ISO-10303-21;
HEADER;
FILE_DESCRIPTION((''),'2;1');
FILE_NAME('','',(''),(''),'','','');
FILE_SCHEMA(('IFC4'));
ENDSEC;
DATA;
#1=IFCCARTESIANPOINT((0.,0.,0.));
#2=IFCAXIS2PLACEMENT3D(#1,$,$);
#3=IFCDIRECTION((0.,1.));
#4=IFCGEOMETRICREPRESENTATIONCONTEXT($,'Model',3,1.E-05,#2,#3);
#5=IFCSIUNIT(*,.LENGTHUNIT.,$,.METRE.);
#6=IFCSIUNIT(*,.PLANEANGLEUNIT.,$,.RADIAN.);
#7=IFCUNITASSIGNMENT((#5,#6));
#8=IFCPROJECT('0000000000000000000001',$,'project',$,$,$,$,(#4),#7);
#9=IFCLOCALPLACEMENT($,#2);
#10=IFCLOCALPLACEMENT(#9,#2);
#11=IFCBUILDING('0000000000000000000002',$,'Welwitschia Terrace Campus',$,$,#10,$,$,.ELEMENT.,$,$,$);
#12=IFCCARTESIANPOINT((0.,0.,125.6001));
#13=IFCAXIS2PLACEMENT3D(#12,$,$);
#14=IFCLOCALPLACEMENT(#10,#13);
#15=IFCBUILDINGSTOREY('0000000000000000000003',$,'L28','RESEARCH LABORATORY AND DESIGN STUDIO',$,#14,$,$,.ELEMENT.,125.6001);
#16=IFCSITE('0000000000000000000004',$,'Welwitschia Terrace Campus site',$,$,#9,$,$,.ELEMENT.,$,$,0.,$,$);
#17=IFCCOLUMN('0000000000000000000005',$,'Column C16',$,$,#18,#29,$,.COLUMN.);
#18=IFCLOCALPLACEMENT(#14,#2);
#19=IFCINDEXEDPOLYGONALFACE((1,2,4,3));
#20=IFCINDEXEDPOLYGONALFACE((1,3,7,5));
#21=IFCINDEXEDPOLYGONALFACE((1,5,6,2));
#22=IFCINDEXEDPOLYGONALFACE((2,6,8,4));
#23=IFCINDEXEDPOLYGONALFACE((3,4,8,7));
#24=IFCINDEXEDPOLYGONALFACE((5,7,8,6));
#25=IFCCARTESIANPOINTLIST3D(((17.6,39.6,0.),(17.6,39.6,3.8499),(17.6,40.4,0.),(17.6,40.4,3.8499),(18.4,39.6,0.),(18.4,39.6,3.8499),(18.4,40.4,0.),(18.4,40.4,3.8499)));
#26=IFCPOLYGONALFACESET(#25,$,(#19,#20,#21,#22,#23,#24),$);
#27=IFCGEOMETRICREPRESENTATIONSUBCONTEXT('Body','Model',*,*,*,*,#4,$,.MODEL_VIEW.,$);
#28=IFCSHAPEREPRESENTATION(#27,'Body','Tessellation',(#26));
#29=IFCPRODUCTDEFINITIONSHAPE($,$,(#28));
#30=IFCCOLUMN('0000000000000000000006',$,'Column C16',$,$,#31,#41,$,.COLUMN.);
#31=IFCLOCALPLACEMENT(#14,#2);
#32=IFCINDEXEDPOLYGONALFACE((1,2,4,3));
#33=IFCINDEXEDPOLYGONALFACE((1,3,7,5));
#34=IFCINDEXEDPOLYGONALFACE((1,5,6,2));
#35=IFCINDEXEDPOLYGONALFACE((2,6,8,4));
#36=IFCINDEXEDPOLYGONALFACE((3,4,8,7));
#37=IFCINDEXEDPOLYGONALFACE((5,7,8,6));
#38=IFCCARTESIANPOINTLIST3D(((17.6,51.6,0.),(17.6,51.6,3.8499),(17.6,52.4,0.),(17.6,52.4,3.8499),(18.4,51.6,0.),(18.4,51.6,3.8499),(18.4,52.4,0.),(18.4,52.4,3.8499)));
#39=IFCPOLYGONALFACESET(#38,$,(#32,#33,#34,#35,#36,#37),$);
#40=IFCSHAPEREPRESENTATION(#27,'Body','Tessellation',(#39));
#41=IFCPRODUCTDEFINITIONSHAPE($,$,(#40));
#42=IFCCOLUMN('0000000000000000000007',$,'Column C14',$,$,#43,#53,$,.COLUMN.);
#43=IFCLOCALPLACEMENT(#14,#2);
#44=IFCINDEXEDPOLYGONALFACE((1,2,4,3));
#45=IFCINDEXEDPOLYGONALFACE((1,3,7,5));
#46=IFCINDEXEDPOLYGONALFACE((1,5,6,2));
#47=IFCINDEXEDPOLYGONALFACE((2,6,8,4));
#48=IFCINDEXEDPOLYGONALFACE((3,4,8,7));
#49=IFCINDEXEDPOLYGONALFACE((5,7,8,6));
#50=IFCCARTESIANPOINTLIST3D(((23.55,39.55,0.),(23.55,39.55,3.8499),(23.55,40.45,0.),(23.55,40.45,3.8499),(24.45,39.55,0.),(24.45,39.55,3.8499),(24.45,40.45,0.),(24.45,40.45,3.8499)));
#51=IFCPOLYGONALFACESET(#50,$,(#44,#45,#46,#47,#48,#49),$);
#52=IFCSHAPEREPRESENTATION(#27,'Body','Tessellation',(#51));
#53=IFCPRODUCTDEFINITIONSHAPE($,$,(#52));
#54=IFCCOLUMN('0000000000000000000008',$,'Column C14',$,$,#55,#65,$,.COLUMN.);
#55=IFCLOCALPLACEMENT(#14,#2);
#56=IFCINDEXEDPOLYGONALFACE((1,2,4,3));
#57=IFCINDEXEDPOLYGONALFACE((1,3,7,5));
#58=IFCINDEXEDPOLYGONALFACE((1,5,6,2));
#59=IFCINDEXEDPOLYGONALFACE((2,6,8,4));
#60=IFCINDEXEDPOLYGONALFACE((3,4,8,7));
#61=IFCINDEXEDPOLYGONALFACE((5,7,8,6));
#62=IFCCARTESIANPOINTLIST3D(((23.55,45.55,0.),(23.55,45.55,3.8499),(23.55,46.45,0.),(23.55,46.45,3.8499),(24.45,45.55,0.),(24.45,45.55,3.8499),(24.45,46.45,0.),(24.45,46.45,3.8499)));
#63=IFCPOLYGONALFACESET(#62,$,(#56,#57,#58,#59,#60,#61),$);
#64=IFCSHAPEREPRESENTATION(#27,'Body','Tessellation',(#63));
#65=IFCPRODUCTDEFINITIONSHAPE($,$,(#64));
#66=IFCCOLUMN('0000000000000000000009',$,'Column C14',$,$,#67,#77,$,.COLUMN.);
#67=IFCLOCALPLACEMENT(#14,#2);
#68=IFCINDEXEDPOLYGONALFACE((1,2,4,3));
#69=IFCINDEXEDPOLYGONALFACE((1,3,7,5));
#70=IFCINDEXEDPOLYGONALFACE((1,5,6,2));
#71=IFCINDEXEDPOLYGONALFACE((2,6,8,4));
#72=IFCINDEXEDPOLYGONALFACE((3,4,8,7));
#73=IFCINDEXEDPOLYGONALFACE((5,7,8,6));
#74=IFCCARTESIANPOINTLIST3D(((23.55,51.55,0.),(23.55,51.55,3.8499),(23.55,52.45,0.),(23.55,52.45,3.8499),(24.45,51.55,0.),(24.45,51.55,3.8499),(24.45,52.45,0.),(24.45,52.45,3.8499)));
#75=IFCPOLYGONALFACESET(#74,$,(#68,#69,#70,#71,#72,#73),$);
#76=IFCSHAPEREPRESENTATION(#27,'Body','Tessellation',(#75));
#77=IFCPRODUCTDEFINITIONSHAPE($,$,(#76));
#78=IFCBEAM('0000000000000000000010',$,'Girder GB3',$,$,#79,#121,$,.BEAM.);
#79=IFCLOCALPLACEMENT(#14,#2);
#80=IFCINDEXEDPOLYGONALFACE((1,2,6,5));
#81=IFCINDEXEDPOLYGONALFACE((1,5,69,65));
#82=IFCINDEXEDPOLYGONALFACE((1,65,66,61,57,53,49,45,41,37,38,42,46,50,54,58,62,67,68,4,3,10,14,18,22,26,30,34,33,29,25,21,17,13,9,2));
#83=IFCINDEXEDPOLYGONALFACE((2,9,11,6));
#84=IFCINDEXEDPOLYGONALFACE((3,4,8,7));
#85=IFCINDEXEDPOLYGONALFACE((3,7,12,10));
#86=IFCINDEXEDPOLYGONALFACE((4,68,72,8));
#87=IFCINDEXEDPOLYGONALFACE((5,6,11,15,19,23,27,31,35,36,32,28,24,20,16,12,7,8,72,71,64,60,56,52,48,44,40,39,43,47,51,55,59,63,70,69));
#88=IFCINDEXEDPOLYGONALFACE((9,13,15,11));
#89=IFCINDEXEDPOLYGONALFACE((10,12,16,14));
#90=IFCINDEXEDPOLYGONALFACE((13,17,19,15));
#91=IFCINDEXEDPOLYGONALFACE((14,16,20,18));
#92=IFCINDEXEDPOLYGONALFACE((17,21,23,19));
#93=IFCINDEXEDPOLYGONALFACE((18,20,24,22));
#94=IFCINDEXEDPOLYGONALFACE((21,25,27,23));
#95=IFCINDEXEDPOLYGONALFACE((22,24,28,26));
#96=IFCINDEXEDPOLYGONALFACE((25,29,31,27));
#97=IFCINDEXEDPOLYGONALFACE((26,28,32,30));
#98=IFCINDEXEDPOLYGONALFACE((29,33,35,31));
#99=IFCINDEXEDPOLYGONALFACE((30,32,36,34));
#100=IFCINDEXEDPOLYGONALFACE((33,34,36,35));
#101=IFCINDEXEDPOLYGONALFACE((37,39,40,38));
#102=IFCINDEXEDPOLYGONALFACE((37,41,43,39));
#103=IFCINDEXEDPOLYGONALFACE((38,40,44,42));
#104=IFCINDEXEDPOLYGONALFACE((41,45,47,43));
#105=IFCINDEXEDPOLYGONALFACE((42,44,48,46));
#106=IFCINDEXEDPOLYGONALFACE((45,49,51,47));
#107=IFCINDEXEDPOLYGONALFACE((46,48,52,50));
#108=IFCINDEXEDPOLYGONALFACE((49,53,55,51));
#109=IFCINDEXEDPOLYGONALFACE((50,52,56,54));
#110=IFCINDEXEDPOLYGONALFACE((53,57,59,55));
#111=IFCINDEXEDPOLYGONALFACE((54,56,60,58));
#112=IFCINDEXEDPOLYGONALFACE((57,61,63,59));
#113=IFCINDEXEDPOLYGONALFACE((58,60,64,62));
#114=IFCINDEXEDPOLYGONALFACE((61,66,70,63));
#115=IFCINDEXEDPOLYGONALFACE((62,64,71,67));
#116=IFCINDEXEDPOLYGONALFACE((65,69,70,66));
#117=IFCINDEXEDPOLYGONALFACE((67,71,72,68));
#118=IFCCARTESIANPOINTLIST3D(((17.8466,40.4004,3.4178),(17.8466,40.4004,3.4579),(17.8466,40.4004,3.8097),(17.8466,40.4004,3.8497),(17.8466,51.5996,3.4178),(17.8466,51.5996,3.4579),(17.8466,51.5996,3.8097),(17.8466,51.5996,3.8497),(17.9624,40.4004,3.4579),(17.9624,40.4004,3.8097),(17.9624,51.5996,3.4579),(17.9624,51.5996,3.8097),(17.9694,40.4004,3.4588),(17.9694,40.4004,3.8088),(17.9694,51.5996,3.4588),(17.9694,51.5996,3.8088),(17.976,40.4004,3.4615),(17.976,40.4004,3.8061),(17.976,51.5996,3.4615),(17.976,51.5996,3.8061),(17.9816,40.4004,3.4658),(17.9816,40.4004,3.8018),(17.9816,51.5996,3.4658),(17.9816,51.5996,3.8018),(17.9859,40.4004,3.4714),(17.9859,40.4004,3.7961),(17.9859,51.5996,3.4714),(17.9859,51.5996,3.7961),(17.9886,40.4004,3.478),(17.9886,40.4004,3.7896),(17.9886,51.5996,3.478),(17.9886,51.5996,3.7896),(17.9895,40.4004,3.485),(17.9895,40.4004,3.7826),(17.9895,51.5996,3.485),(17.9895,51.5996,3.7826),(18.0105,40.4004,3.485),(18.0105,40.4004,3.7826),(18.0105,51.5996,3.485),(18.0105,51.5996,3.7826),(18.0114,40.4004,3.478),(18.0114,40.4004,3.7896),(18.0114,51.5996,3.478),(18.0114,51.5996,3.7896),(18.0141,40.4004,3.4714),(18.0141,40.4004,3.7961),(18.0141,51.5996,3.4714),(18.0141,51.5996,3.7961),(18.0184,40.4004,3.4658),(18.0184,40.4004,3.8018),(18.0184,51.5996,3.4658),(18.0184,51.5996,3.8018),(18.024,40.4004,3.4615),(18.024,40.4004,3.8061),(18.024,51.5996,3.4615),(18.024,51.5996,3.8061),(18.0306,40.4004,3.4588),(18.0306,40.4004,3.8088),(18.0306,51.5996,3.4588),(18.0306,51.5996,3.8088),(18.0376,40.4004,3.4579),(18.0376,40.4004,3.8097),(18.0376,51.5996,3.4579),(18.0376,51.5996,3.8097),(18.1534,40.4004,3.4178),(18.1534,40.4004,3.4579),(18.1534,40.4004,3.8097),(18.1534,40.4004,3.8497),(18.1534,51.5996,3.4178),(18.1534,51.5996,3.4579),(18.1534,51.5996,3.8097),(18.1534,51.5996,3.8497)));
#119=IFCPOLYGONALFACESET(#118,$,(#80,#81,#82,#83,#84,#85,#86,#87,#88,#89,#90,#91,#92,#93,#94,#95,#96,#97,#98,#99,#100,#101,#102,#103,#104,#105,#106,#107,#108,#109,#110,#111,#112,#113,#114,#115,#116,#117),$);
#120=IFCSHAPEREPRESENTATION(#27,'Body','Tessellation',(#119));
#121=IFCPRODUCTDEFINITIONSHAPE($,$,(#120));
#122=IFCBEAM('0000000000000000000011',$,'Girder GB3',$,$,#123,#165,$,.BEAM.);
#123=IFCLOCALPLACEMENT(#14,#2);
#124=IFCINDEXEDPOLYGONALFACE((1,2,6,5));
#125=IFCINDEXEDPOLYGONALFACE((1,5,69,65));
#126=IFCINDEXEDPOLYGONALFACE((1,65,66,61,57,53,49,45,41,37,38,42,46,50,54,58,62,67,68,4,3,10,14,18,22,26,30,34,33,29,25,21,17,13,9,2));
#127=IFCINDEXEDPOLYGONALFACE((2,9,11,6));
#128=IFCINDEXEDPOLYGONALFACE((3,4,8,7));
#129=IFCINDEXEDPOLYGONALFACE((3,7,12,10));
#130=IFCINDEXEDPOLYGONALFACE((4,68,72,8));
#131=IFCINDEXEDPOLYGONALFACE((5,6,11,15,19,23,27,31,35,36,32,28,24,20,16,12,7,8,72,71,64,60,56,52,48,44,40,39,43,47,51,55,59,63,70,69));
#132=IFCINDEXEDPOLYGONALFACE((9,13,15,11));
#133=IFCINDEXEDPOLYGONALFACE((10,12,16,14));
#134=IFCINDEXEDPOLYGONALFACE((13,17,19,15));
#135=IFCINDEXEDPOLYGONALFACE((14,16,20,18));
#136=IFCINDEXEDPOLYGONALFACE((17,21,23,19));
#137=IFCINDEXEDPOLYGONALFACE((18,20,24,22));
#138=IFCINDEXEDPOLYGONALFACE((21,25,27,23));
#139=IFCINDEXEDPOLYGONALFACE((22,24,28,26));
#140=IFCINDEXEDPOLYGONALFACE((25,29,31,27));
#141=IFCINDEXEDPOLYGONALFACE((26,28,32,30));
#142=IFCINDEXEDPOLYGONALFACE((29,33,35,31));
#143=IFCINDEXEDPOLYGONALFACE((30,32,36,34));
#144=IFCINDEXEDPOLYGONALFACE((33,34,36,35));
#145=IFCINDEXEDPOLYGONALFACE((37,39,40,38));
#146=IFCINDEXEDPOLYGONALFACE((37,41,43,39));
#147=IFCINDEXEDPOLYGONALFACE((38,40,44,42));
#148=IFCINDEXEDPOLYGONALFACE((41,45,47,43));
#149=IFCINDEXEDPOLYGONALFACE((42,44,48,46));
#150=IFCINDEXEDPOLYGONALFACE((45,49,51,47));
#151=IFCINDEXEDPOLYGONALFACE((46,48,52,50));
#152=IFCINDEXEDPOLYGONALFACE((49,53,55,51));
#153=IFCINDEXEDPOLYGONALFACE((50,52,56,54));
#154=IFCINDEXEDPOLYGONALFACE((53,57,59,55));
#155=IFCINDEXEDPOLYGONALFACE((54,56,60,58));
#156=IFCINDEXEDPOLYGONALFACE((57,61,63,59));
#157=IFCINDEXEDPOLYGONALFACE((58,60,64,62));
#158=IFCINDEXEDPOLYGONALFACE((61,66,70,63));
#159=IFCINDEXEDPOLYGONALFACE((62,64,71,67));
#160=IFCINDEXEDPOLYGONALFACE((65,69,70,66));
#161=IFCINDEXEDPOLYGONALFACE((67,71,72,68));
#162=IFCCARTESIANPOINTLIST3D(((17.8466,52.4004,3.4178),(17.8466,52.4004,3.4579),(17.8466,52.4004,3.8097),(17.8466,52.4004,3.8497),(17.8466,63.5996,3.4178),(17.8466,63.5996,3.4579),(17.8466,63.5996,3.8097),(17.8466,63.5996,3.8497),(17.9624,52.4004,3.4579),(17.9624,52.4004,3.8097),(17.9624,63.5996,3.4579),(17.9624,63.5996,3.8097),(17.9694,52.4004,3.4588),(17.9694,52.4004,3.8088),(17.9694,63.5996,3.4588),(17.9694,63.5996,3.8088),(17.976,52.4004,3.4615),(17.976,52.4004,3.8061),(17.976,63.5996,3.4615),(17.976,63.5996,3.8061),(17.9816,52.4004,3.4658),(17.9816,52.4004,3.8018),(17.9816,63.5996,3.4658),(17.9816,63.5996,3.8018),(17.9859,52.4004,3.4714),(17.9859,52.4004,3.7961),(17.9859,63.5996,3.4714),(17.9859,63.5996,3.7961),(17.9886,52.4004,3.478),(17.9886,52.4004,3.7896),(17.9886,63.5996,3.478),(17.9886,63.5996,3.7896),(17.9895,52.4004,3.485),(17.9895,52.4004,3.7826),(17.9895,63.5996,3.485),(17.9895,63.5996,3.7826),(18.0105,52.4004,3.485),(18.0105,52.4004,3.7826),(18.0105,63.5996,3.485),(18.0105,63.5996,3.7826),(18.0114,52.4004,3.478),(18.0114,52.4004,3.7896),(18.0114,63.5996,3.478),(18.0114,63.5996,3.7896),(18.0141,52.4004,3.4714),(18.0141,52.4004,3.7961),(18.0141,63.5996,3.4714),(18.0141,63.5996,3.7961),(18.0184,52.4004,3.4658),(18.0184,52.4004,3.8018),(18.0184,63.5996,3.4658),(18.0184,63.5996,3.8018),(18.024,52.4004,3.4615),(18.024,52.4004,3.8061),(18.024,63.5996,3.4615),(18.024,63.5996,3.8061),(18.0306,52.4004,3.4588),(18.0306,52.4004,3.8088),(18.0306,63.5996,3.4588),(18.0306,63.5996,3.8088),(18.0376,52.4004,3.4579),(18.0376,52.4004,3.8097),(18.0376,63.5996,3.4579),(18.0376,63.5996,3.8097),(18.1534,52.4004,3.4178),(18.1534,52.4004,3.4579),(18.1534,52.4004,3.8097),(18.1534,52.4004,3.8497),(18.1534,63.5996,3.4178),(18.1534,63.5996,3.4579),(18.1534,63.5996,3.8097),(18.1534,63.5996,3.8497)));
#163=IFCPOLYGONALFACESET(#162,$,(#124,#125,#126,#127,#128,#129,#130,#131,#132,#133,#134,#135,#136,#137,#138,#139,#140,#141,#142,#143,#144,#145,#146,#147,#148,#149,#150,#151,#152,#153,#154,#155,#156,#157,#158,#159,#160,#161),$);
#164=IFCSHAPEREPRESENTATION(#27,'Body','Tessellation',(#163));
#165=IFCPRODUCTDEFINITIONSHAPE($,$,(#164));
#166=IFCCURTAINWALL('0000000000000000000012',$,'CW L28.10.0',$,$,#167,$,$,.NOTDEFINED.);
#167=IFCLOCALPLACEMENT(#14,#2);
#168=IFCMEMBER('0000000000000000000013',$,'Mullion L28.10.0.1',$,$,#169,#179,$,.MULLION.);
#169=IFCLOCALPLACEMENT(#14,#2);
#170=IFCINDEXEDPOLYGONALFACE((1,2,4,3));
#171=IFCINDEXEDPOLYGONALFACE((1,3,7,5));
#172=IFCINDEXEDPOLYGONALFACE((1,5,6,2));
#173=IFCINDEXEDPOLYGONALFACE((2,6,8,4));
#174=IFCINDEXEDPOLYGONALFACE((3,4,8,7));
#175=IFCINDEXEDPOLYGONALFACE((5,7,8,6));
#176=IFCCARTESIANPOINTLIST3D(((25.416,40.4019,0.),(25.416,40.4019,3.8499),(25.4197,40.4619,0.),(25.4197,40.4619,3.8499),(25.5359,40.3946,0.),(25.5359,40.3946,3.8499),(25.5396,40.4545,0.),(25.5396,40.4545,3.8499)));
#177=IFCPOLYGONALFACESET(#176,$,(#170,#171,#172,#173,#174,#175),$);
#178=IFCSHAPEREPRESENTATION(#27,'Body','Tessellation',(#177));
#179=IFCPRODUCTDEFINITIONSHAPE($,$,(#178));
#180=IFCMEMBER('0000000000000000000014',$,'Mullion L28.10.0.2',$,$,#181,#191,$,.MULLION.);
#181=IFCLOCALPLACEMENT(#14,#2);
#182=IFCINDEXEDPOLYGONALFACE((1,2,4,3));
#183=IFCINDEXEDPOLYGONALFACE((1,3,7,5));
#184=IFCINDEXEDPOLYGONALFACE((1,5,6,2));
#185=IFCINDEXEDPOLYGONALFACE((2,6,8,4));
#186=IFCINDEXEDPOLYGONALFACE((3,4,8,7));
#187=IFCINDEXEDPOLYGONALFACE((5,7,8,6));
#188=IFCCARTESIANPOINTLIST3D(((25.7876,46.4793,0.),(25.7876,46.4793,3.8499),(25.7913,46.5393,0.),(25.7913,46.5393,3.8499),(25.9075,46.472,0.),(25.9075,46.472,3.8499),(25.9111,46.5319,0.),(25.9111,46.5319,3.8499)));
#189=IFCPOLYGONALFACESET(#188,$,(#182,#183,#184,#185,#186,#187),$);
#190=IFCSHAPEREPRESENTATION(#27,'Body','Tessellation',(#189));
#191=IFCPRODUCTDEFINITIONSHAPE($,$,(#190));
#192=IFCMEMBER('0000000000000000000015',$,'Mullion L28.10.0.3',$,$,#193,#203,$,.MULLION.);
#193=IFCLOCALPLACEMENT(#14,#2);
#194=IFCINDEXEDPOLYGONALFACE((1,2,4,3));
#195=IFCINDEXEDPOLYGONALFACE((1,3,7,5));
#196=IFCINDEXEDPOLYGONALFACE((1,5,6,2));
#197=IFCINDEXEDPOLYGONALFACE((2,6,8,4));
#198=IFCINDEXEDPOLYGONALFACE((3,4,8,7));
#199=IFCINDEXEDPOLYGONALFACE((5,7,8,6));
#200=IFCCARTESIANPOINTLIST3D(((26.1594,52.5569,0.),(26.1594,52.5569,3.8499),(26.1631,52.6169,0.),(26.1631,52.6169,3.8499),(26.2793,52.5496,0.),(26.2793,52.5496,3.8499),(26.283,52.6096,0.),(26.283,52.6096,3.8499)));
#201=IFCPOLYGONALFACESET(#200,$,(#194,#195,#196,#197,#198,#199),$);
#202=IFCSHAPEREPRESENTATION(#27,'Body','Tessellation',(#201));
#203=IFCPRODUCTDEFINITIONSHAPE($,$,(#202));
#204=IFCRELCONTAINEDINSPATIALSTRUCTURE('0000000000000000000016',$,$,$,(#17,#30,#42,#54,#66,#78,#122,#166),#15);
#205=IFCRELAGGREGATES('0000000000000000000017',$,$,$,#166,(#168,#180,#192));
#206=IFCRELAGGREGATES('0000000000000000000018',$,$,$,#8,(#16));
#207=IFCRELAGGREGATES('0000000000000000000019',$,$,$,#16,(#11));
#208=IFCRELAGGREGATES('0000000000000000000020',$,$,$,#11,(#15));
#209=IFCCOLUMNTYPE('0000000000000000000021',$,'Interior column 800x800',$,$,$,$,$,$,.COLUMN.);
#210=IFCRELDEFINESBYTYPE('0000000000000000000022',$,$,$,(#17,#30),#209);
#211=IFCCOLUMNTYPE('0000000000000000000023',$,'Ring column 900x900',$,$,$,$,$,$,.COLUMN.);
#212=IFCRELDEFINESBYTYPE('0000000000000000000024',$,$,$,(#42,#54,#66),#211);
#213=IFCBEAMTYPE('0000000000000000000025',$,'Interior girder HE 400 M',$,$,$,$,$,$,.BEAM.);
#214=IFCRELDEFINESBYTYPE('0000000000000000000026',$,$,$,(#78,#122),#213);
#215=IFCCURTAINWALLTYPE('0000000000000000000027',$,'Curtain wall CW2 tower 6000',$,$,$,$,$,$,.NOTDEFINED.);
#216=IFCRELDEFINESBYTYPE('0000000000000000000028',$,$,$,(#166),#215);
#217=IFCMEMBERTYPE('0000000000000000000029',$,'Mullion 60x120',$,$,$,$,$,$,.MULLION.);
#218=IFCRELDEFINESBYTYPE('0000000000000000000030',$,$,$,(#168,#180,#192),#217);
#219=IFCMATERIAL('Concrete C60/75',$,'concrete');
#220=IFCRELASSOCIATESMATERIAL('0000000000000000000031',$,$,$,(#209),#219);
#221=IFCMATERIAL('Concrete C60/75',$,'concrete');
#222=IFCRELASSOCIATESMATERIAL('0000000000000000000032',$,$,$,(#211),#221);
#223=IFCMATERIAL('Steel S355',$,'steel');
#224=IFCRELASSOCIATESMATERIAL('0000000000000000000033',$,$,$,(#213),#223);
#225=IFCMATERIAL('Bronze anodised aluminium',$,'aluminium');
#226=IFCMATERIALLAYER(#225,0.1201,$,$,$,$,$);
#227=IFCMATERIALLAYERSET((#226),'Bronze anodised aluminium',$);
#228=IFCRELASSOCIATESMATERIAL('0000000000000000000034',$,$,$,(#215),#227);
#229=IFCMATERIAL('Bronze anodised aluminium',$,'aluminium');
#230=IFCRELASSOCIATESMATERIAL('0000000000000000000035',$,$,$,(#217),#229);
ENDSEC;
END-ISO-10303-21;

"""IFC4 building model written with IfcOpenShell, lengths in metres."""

from ifc_helpers import new_model, si_unit, direction, frame, origin, origin_2d, place, context, subcontext, project, spatial, rectangle, i_section, extrude, material, layer, layer_set, material_profile, profile_set, type_object, element, aggregate, save


model = new_model("IFC4")

# Units and contexts
model_context = context("Model", 3, precision=1e-05, world=origin(), true_north=direction((0.0, 1.0)))
body_context = subcontext(model_context, "Body", "Model", "MODEL_VIEW")
ifc_project = project(units=[si_unit("LENGTHUNIT", "METRE"), si_unit("PLANEANGLEUNIT", "RADIAN")], contexts=[model_context])

# Site, building, storey
site_placement = place(None, origin())
site = spatial("IfcSite", under=ifc_project, at=site_placement, Name="Welwitschia Terrace Campus site", CompositionType="ELEMENT", RefElevation=0.0)
building_placement = place(site_placement, origin())
building = spatial("IfcBuilding", under=site, at=building_placement, Name="Welwitschia Terrace Campus", CompositionType="ELEMENT")
storey_placement = place(building_placement, frame((0.0, 0.0, 125.6001)))
storey = spatial("IfcBuildingStorey", under=building, at=storey_placement, Name="L28", Description="RESEARCH LABORATORY AND DESIGN STUDIO", CompositionType="ELEMENT", Elevation=125.6001)

# Columns
ifc_material_1 = material(Name="Concrete C60/75", Category="concrete")
ifc_material_profile_1 = material_profile(ifc_material_1, rectangle(XDim=0.8, YDim=0.8, at=origin_2d()))
ifc_profile_set_1 = profile_set([ifc_material_profile_1], Name="Concrete C60/75")
column_type_1 = type_object("IfcColumnType", Name="Interior column 800x800", PredefinedType="COLUMN", material=ifc_profile_set_1)
for number, where, z_axis, x_axis, name in (
    (1, (18.0, 40.0, 0.0), (0.0, 0.0, 1.0), (1.0, 0.0, 0.0), "Column C16"),
    (2, (18.0, 52.0, 0.0), (0.0, 0.0, 1.0), (1.0, 0.0, 0.0), "Column C16"),
):
    element("IfcColumn", number, at=place(storey_placement, frame(where, z_axis=z_axis, x_axis=x_axis)), inside=storey, type_object=column_type_1, Name=name, PredefinedType="COLUMN", context=body_context, shape_type="SweptSolid", body=[
        extrude(rectangle(XDim=0.8, YDim=0.8, at=origin_2d()), origin(), (0.0, 0.0, 1.0), 3.8499),
    ])
ifc_material_2 = material(Name="Concrete C60/75", Category="concrete")
ifc_material_profile_2 = material_profile(ifc_material_2, rectangle(XDim=0.8999, YDim=0.8999, at=origin_2d()))
ifc_profile_set_2 = profile_set([ifc_material_profile_2], Name="Concrete C60/75")
column_type_2 = type_object("IfcColumnType", Name="Ring column 900x900", PredefinedType="COLUMN", material=ifc_profile_set_2)
for number, where, z_axis, x_axis, name in (
    (3, (24.0, 40.0, 0.0), (0.0, 0.0, 1.0), (1.0, 0.0, 0.0), "Column C14"),
    (4, (24.0, 46.0, 0.0), (0.0, 0.0, 1.0), (1.0, 0.0, 0.0), "Column C14"),
    (5, (24.0, 52.0, 0.0), (0.0, 0.0, 1.0), (1.0, 0.0, 0.0), "Column C14"),
):
    element("IfcColumn", number, at=place(storey_placement, frame(where, z_axis=z_axis, x_axis=x_axis)), inside=storey, type_object=column_type_2, Name=name, PredefinedType="COLUMN", context=body_context, shape_type="SweptSolid", body=[
        extrude(rectangle(XDim=0.8999, YDim=0.8999, at=origin_2d()), origin(), (0.0, 0.0, 1.0), 3.8499),
    ])

# Beams
ifc_material_3 = material(Name="Steel S355", Category="steel")
ifc_material_profile_3 = material_profile(ifc_material_3, i_section(OverallWidth=0.3069, OverallDepth=0.4319, WebThickness=0.021, FlangeThickness=0.04, FilletRadius=0.0271, at=origin_2d()))
ifc_profile_set_3 = profile_set([ifc_material_profile_3], Name="Steel S355")
beam_type_1 = type_object("IfcBeamType", Name="Interior girder HE 400 M", PredefinedType="BEAM", material=ifc_profile_set_3)
for number, where, z_axis, x_axis, name in (
    (6, (18.0, 40.4004, 3.6338), (0.0, 1.0, 0.0), (-1.0, 0.0, 0.0), "Girder GB3"),
    (7, (18.0, 52.4004, 3.6338), (0.0, 1.0, 0.0), (-1.0, 0.0, 0.0), "Girder GB3"),
):
    element("IfcBeam", number, at=place(storey_placement, frame(where, z_axis=z_axis, x_axis=x_axis)), inside=storey, type_object=beam_type_1, Name=name, PredefinedType="BEAM", context=body_context, shape_type="SweptSolid", body=[
        extrude(i_section(OverallWidth=0.3069, OverallDepth=0.4319, WebThickness=0.021, FlangeThickness=0.04, FilletRadius=0.0271, at=origin_2d()), origin(), (0.0, 0.0, 1.0), 11.1992),
    ])

# Curtain wall, members
ifc_material_4 = material(Name="Bronze anodised aluminium", Category="aluminium")
ifc_layer_1 = layer(ifc_material_4, 0.1201)
ifc_layer_set_1 = layer_set([ifc_layer_1], Name="Bronze anodised aluminium")
curtain_wall_type = type_object("IfcCurtainWallType", Name="Curtain wall CW2 tower 6000", PredefinedType="NOTDEFINED", material=ifc_layer_set_1)
curtain_wall_placement = place(storey_placement, origin())
curtain_wall = element("IfcCurtainWall", 8, at=curtain_wall_placement, inside=storey, type_object=curtain_wall_type, Name="CW L28.10.0", PredefinedType="NOTDEFINED")
ifc_material_5 = material(Name="Bronze anodised aluminium", Category="aluminium")
ifc_material_profile_4 = material_profile(ifc_material_5, rectangle(XDim=0.1201, YDim=0.0601, at=origin_2d()))
ifc_profile_set_4 = profile_set([ifc_material_profile_4], Name="Bronze anodised aluminium")
member_type = type_object("IfcMemberType", Name="Mullion 60x120", PredefinedType="MULLION", material=ifc_profile_set_4)
member_1_placement = place(storey_placement, frame((25.4778, 40.4282, 0.0), z_axis=(0.0, 0.0, 1.0), x_axis=(-0.998135, 0.061049, 0.0)))
member_1 = element("IfcMember", 9, at=member_1_placement, type_object=member_type, Name="Mullion L28.10.0.1", PredefinedType="MULLION", context=body_context, shape_type="SweptSolid", body=[
    extrude(rectangle(XDim=0.1201, YDim=0.0601, at=origin_2d()), origin(), (0.0, 0.0, 1.0), 3.8499),
])
member_2_placement = place(storey_placement, frame((25.8494, 46.5056, 0.0), z_axis=(0.0, 0.0, 1.0), x_axis=(-0.998135, 0.061049, 0.0)))
member_2 = element("IfcMember", 10, at=member_2_placement, type_object=member_type, Name="Mullion L28.10.0.2", PredefinedType="MULLION", context=body_context, shape_type="SweptSolid", body=[
    extrude(rectangle(XDim=0.1201, YDim=0.0601, at=origin_2d()), origin(), (0.0, 0.0, 1.0), 3.8499),
])
member_3_placement = place(storey_placement, frame((26.2212, 52.5833, 0.0), z_axis=(0.0, 0.0, 1.0), x_axis=(-0.998135, 0.061049, 0.0)))
member_3 = element("IfcMember", 11, at=member_3_placement, type_object=member_type, Name="Mullion L28.10.0.3", PredefinedType="MULLION", context=body_context, shape_type="SweptSolid", body=[
    extrude(rectangle(XDim=0.1201, YDim=0.0601, at=origin_2d()), origin(), (0.0, 0.0, 1.0), 3.8499),
])

aggregate(curtain_wall, [member_1, member_2, member_3])

save(model, "model.ifc")
